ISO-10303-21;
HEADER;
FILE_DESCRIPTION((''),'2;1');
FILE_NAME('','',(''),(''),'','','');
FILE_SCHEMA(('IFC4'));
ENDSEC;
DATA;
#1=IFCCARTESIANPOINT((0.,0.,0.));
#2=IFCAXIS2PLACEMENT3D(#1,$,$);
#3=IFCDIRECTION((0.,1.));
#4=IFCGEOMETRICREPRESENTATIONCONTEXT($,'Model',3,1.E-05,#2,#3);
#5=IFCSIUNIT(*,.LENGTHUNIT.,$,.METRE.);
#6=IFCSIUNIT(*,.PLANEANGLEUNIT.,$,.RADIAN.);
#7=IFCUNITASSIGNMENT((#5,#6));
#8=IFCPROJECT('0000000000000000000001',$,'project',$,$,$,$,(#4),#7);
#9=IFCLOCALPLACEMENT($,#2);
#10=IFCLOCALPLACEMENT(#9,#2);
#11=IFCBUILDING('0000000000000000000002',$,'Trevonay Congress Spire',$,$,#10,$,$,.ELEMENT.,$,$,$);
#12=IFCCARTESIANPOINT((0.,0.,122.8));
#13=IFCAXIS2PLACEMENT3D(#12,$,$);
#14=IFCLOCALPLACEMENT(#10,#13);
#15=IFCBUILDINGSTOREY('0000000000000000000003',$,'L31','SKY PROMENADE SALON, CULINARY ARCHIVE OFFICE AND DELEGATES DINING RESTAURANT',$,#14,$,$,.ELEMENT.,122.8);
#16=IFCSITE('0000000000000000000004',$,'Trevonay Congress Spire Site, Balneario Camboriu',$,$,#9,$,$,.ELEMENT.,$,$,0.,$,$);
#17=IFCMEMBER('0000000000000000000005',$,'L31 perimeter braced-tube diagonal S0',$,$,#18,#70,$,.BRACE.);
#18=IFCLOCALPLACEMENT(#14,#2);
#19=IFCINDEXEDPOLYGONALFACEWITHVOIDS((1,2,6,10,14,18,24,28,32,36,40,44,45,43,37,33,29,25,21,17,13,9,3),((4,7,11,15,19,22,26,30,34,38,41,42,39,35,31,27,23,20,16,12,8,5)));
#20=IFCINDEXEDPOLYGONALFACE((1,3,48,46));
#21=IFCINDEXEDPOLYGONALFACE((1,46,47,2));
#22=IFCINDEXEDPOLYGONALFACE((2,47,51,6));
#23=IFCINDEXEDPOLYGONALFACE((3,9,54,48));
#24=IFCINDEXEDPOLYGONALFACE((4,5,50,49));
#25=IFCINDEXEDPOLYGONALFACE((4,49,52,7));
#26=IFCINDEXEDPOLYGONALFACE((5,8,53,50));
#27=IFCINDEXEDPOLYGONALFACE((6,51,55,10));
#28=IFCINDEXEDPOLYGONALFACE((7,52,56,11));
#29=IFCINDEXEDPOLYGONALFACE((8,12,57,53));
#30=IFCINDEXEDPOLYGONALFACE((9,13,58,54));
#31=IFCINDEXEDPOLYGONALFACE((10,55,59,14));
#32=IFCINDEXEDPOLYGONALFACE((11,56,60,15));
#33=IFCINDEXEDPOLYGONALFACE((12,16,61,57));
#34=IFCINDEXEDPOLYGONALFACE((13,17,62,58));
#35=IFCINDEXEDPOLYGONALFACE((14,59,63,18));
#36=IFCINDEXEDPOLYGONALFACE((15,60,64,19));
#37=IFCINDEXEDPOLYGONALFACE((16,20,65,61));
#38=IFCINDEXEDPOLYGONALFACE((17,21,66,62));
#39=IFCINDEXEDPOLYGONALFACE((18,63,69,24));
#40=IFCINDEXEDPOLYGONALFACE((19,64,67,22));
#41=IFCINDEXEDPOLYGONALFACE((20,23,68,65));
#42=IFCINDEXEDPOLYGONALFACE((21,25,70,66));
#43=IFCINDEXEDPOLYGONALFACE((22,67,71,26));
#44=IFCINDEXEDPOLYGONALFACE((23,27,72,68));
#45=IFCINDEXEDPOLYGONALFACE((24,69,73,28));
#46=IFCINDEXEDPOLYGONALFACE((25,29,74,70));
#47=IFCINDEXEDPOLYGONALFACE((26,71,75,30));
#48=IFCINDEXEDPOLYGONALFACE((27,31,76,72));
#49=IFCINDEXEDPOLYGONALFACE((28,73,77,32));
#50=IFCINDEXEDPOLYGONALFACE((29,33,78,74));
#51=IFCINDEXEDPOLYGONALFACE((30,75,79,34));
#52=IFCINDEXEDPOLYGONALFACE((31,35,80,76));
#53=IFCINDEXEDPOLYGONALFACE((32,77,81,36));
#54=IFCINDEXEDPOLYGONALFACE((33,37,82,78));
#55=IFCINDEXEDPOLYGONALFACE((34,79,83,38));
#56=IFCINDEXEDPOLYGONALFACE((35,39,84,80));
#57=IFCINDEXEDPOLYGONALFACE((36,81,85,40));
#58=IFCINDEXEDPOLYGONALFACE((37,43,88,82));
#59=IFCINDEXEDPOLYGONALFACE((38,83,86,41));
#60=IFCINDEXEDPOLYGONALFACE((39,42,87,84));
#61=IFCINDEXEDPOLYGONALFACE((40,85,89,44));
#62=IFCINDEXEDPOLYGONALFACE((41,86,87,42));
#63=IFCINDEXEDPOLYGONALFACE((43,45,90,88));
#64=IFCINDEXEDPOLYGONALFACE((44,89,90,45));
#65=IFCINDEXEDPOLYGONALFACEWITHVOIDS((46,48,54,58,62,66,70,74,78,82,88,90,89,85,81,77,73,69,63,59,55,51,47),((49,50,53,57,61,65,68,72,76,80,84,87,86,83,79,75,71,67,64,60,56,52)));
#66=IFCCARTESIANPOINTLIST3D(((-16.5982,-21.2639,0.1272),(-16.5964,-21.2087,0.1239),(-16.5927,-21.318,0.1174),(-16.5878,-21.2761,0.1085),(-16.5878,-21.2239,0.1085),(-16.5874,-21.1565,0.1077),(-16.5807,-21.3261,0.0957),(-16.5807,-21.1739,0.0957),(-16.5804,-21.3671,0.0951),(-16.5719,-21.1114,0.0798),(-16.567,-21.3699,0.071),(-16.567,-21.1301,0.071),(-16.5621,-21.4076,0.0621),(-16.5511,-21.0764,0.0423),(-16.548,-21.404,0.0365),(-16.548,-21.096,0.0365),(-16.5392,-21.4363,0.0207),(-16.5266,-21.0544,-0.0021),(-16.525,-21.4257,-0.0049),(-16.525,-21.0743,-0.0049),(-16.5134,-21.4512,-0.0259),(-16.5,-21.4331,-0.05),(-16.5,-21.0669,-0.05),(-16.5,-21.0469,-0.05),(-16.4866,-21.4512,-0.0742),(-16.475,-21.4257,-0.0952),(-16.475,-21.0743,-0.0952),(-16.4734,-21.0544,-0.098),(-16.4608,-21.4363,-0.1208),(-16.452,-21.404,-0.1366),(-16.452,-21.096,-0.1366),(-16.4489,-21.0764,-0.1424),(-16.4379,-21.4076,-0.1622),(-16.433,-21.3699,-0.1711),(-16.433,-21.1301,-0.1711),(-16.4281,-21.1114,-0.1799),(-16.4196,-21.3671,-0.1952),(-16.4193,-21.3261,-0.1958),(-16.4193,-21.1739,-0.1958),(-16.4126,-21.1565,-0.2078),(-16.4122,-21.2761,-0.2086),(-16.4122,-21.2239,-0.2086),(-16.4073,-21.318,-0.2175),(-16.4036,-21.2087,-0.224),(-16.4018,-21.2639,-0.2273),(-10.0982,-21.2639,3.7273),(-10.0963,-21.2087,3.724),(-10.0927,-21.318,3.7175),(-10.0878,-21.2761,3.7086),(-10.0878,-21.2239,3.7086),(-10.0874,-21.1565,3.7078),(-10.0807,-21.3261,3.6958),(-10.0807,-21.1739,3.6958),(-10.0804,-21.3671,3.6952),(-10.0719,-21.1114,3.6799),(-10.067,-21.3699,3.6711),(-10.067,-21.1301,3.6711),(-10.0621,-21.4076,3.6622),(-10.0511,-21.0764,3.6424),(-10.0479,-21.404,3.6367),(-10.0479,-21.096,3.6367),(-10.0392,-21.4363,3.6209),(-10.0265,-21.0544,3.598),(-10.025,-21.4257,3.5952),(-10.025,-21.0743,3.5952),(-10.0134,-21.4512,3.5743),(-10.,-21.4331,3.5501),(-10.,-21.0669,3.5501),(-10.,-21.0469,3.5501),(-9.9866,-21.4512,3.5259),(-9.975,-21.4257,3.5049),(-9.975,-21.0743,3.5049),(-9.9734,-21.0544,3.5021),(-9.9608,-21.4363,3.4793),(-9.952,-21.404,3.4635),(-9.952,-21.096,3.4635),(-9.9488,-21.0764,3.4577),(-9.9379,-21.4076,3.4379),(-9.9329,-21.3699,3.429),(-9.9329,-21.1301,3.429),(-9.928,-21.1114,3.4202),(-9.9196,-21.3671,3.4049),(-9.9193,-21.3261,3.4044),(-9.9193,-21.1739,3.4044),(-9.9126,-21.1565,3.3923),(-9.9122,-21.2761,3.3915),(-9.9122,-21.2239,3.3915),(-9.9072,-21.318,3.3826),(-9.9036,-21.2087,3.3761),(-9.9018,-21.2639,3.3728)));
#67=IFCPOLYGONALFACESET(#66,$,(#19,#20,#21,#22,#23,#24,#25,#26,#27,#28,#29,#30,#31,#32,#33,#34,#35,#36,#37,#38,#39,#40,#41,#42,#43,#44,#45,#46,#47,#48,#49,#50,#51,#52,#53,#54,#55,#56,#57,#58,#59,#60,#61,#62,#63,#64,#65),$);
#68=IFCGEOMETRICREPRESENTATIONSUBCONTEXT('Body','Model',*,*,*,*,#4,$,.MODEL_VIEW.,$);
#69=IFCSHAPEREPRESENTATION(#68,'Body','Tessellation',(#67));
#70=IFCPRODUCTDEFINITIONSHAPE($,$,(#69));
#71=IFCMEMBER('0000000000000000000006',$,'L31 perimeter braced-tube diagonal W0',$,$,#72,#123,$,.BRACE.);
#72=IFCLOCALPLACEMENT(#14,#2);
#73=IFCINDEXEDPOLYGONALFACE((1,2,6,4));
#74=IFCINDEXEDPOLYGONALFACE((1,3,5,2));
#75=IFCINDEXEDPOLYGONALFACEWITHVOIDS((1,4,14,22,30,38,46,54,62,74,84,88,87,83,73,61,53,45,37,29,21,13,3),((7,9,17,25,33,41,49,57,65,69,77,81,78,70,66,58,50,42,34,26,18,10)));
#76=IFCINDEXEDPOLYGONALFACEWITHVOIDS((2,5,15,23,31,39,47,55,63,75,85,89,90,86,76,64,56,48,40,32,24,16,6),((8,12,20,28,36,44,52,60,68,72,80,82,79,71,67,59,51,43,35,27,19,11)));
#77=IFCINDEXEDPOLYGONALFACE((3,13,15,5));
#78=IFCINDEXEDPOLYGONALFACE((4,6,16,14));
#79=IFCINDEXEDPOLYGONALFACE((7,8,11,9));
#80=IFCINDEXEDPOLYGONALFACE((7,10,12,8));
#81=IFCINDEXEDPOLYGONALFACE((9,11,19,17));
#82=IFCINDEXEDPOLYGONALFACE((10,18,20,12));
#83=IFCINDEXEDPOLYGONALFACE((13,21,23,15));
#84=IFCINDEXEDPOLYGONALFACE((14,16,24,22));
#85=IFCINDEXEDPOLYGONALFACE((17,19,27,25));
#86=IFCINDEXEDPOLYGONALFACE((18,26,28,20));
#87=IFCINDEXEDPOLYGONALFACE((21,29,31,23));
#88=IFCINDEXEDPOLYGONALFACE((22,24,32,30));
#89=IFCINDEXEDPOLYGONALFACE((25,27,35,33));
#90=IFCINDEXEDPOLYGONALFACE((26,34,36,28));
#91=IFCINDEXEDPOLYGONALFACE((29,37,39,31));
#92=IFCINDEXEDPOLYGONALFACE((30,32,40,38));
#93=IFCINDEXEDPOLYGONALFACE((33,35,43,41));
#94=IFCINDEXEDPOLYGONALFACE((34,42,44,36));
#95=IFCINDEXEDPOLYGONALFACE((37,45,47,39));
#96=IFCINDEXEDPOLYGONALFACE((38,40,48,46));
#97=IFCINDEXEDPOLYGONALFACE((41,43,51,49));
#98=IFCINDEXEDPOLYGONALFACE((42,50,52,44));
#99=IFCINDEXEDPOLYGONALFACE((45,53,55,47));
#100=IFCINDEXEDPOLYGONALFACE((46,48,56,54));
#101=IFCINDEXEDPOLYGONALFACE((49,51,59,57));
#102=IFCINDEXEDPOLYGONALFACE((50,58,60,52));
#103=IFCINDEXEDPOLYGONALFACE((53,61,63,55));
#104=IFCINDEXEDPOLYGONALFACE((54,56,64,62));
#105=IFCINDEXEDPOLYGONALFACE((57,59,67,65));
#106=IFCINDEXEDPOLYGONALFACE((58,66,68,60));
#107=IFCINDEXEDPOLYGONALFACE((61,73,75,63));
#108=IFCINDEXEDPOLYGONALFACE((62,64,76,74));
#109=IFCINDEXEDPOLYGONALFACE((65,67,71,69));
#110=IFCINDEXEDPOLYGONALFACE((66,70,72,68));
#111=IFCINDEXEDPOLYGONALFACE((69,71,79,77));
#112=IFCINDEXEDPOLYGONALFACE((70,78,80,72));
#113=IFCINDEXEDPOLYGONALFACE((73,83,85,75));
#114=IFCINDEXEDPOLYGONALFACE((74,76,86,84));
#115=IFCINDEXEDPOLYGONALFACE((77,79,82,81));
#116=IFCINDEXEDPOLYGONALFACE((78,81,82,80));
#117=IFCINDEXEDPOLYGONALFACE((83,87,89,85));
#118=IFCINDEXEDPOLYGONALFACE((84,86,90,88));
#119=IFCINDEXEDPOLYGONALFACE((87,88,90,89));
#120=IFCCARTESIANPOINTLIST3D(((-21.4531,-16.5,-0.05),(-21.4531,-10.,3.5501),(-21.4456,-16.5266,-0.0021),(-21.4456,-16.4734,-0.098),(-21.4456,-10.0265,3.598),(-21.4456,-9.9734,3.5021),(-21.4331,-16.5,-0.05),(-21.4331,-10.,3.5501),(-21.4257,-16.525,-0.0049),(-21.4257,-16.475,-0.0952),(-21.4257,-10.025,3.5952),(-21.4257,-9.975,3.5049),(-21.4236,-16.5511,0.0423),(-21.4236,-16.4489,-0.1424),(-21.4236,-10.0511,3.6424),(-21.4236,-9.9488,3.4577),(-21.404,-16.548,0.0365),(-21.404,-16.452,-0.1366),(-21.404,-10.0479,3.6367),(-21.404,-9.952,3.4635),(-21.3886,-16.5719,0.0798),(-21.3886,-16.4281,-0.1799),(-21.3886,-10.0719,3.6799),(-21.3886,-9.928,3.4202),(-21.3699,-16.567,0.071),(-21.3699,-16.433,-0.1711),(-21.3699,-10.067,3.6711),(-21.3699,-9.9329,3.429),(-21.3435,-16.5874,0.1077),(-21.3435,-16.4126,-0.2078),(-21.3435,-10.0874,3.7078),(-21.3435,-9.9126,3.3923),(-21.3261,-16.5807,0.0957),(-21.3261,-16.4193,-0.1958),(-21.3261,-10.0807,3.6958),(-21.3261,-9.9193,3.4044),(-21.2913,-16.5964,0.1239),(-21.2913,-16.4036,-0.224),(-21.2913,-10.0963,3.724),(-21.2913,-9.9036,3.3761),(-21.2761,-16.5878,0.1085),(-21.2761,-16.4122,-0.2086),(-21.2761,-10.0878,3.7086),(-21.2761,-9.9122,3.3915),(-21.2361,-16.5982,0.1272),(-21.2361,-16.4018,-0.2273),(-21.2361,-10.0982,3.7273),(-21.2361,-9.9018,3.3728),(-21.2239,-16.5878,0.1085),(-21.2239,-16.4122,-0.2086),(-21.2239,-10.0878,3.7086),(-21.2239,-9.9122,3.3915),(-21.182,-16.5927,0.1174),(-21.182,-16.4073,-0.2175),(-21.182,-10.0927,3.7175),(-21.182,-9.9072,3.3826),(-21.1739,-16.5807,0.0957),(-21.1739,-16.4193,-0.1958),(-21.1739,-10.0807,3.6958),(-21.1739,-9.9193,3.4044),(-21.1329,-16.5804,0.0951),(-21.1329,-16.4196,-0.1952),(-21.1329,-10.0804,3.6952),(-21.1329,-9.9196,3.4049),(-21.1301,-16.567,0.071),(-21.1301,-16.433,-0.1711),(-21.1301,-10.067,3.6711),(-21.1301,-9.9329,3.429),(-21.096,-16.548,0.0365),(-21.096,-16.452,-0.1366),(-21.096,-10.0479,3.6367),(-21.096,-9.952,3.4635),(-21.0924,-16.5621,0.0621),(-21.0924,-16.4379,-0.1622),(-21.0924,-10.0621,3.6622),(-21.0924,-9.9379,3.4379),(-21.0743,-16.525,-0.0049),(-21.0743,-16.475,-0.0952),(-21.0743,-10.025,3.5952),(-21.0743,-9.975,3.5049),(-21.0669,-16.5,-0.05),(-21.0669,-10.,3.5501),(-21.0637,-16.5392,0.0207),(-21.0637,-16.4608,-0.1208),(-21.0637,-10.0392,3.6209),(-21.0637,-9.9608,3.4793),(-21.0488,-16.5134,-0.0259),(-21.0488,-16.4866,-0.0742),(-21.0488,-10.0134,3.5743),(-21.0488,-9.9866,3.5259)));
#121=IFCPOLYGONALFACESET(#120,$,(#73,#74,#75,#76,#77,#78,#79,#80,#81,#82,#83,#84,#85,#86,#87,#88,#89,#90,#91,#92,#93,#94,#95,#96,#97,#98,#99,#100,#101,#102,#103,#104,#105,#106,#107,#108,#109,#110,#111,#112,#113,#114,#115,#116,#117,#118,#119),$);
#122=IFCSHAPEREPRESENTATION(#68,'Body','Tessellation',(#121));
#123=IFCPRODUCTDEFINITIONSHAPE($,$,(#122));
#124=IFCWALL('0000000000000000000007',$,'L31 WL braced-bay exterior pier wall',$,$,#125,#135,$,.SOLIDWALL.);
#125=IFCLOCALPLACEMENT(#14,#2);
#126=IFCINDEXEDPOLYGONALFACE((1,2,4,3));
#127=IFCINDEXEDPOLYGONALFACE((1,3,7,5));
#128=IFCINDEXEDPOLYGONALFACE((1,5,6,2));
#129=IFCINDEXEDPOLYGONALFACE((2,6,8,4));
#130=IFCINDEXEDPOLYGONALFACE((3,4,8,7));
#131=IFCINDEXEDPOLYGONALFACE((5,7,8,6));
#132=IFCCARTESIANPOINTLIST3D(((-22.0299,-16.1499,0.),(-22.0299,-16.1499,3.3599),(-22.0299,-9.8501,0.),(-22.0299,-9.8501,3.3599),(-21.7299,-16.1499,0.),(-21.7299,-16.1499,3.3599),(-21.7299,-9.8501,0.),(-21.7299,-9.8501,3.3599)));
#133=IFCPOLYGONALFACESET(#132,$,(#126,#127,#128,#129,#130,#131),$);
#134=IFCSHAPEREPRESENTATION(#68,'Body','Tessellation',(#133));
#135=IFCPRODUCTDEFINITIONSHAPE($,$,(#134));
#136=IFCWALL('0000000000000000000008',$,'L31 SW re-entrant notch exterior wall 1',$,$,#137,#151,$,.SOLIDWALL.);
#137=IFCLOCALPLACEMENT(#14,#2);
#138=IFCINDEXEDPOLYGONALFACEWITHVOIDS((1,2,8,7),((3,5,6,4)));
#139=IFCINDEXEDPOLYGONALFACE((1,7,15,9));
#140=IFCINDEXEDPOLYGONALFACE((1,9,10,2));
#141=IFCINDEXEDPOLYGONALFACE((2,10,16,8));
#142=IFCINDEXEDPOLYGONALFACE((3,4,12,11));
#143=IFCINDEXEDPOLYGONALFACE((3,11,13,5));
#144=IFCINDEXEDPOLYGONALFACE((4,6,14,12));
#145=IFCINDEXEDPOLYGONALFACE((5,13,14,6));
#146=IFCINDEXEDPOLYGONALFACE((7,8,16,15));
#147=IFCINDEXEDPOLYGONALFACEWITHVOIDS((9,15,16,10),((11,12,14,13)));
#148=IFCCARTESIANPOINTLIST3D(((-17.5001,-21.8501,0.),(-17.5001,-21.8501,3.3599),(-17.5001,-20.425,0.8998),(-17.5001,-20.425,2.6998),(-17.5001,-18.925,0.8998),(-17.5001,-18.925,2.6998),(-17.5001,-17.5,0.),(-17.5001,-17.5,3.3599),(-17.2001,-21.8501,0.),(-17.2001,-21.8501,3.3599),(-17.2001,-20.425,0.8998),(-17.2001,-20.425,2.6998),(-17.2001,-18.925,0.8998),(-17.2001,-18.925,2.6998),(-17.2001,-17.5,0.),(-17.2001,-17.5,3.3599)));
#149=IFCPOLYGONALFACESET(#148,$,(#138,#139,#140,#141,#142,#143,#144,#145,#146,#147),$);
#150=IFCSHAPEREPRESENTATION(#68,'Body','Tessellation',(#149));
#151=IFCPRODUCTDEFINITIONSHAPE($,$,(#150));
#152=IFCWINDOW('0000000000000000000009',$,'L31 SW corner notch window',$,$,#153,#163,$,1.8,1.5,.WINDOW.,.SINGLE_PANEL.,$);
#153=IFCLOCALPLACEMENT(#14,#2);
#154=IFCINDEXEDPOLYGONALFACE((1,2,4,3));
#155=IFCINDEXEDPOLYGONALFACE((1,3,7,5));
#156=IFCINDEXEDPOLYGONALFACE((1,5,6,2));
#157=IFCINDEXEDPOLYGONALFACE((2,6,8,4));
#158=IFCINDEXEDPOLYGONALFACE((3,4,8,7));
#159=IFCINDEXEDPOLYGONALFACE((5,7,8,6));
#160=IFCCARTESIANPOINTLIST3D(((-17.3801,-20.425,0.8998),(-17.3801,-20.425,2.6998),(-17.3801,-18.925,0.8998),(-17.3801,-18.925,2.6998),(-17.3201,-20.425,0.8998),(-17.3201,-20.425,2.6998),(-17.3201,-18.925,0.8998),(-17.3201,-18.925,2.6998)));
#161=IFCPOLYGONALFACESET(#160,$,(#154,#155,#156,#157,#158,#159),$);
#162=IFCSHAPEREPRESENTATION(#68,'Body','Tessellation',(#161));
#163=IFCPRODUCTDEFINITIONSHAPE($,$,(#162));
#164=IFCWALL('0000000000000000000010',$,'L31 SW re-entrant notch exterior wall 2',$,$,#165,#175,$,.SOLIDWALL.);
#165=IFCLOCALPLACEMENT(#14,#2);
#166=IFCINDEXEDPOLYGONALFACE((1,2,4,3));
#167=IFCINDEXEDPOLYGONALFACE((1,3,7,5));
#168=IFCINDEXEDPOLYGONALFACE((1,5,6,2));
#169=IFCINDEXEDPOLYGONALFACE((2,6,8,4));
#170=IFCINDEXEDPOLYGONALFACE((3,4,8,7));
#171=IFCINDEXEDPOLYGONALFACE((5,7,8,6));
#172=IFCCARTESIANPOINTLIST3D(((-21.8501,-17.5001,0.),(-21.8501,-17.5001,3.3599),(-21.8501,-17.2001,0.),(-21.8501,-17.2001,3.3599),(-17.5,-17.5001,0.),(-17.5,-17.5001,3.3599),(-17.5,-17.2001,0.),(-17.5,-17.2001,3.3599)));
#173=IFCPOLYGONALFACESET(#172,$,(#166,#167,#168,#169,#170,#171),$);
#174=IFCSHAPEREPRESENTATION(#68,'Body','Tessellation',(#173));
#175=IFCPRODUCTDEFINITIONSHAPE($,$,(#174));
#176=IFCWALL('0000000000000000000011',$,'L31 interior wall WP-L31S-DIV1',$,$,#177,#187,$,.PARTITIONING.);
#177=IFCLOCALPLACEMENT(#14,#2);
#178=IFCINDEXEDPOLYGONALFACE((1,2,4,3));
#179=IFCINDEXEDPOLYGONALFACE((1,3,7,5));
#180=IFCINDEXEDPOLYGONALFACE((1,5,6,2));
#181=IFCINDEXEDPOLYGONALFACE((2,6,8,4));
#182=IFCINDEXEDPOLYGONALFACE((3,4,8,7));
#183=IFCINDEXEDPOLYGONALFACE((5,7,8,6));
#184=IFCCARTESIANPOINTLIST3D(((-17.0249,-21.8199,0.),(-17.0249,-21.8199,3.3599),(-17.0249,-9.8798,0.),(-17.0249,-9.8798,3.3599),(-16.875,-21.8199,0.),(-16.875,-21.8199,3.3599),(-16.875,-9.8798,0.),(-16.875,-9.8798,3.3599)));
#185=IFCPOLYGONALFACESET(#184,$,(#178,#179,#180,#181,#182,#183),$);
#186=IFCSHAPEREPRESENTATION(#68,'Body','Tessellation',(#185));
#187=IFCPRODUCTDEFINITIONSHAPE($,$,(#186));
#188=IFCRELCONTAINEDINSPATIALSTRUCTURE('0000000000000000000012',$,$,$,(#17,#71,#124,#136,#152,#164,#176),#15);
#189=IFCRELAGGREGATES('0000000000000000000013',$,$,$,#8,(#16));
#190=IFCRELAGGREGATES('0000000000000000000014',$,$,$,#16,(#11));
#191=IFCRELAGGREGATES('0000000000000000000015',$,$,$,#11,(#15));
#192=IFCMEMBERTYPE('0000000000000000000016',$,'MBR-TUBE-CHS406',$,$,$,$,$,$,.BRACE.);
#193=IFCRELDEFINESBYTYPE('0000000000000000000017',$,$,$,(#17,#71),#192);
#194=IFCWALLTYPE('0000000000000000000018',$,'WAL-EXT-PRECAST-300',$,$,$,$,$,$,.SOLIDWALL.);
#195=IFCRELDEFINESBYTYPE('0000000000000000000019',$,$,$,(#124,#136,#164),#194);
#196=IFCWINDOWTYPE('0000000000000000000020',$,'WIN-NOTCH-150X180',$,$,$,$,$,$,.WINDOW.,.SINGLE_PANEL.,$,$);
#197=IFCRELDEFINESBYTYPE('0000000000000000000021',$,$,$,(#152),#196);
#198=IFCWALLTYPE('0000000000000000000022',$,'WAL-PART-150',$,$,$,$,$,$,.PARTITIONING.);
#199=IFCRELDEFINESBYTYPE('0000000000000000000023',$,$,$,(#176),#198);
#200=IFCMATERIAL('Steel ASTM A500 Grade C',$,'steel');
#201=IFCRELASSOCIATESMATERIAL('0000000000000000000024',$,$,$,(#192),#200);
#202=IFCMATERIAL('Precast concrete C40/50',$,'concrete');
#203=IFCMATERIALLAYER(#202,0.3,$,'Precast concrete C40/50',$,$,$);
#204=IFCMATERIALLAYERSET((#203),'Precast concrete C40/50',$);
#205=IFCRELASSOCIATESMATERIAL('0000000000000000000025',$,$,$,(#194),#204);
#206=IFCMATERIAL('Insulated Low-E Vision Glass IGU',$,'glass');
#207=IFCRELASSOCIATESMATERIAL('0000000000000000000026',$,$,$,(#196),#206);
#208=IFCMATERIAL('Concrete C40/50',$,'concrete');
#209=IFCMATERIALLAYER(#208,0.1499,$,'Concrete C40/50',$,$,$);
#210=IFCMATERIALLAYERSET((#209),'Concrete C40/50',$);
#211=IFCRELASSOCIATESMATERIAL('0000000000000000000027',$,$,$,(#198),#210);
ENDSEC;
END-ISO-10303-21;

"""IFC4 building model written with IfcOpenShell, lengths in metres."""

from ifc_helpers import new_model, si_unit, direction, frame, frame_2d, origin, origin_2d, place, context, subcontext, project, spatial, rectangle, hollow_circle, extrude, material, layer, layer_set, material_profile, profile_set, type_object, element, fill, save


model = new_model("IFC4")

# Units and contexts
model_context = context("Model", 3, precision=1e-05, world=origin(), true_north=direction((0.0, 1.0)))
body_context = subcontext(model_context, "Body", "Model", "MODEL_VIEW")
ifc_project = project(units=[si_unit("LENGTHUNIT", "METRE"), si_unit("PLANEANGLEUNIT", "RADIAN")], contexts=[model_context])

# Site, building, storey
site_placement = place(None, origin())
site = spatial("IfcSite", under=ifc_project, at=site_placement, Name="Trevonay Congress Spire Site, Balneario Camboriu", CompositionType="ELEMENT", RefElevation=0.0)
building_placement = place(site_placement, origin())
building = spatial("IfcBuilding", under=site, at=building_placement, Name="Trevonay Congress Spire", CompositionType="ELEMENT")
storey_placement = place(building_placement, frame((0.0, 0.0, 122.8)))
storey = spatial("IfcBuildingStorey", under=building, at=storey_placement, Name="L31", Description="SKY PROMENADE SALON, CULINARY ARCHIVE OFFICE AND DELEGATES DINING RESTAURANT", CompositionType="ELEMENT", Elevation=122.8)

# Members
ifc_material_1 = material(Name="Steel ASTM A500 Grade C", Category="steel")
ifc_material_profile_1 = material_profile(ifc_material_1, hollow_circle(Radius=0.2031, WallThickness=0.02, at=origin_2d()), Name="CHS 406.4x20")
ifc_profile_set_1 = profile_set([ifc_material_profile_1], Name="Steel ASTM A500 Grade C")
member_type = type_object("IfcMemberType", Name="MBR-TUBE-CHS406", PredefinedType="BRACE", material=ifc_profile_set_1)
for number, where, z_axis, x_axis, name in (
    (1, (-16.5, -21.25, -0.05), (0.874786, 0.0, 0.48451), (0.0, 1.0, 0.0), "L31 perimeter braced-tube diagonal S0"),
    (2, (-21.25, -16.5, -0.05), (0.0, 0.874786, 0.48451), (-1.0, 0.0, 0.0), "L31 perimeter braced-tube diagonal W0"),
):
    element("IfcMember", number, at=place(storey_placement, frame(where, z_axis=z_axis, x_axis=x_axis)), inside=storey, type_object=member_type, Name=name, PredefinedType="BRACE", context=body_context, shape_type="SweptSolid", body=[
        extrude(hollow_circle(Radius=0.2031, WallThickness=0.02, at=origin_2d()), origin(), (0.0, 0.0, 1.0), 7.4304),
    ])

# Wall
ifc_material_2 = material(Name="Precast concrete C40/50", Category="concrete")
ifc_layer_1 = layer(ifc_material_2, 0.3, Name="Precast concrete C40/50")
ifc_layer_set_1 = layer_set([ifc_layer_1], Name="Precast concrete C40/50")
wall_type_1 = type_object("IfcWallType", Name="WAL-EXT-PRECAST-300", PredefinedType="SOLIDWALL", material=ifc_layer_set_1)
wall_1_placement = place(storey_placement, frame((-21.8799, -16.1499, 0.0), z_axis=(0.0, 0.0, 1.0), x_axis=(0.0, 1.0, 0.0)))
element("IfcWall", 3, at=wall_1_placement, inside=storey, type_object=wall_type_1, Name="L31 WL braced-bay exterior pier wall", PredefinedType="SOLIDWALL", context=body_context, shape_type="SweptSolid", body=[
    extrude(rectangle(XDim=6.2998, YDim=0.3, at=frame_2d((3.1499, 0.0))), origin(), (0.0, 0.0, 1.0), 3.3599),
])

# Wall, opening, window
wall_2_placement = place(storey_placement, frame((-17.3501, -21.8501, 0.0), z_axis=(0.0, 0.0, 1.0), x_axis=(0.0, 1.0, 0.0)))
wall_2 = element("IfcWall", 4, at=wall_2_placement, inside=storey, type_object=wall_type_1, Name="L31 SW re-entrant notch exterior wall 1", PredefinedType="SOLIDWALL", context=body_context, shape_type="SweptSolid", body=[
    extrude(rectangle(XDim=4.3501, YDim=0.3, at=frame_2d((2.175, 0.0))), origin(), (0.0, 0.0, 1.0), 3.3599),
])
opening_placement = place(wall_2_placement, frame((1.425, 0.0, 0.8999)))
opening = element("IfcOpeningElement", 5, at=opening_placement, cuts=wall_2, PredefinedType="OPENING", context=body_context, shape_type="SweptSolid", body=[
    extrude(rectangle(XDim=1.5, YDim=1.8, at=frame_2d((0.75, 0.8999))), frame((0.0, 0.1602, 0.0), z_axis=(0.0, -1.0, 0.0), x_axis=(1.0, 0.0, 0.0)), (0.0, 0.0, 1.0), 0.3201),
])
ifc_material_3 = material(Name="Insulated Low-E Vision Glass IGU", Category="glass")
window_type = type_object("IfcWindowType", Name="WIN-NOTCH-150X180", PartitioningType="SINGLE_PANEL", PredefinedType="WINDOW", material=ifc_material_3)
window_placement = place(opening_placement, origin())
window = element("IfcWindow", 6, at=window_placement, inside=storey, type_object=window_type, Name="L31 SW corner notch window", OverallHeight=1.8, OverallWidth=1.5, PartitioningType="SINGLE_PANEL", PredefinedType="WINDOW", context=body_context, shape_type="SweptSolid", body=[
    extrude(rectangle(XDim=1.5, YDim=1.8, at=frame_2d((0.75, 0.8999))), frame((0.0, 0.03, 0.0), z_axis=(0.0, -1.0, 0.0), x_axis=(1.0, 0.0, 0.0)), (0.0, 0.0, 1.0), 0.0601),
])
fill(opening, window)

# Walls
wall_3_placement = place(storey_placement, frame((-21.8501, -17.3501, 0.0), z_axis=(0.0, 0.0, 1.0), x_axis=(1.0, 0.0, 0.0)))
element("IfcWall", 7, at=wall_3_placement, inside=storey, type_object=wall_type_1, Name="L31 SW re-entrant notch exterior wall 2", PredefinedType="SOLIDWALL", context=body_context, shape_type="SweptSolid", body=[
    extrude(rectangle(XDim=4.3501, YDim=0.3, at=frame_2d((2.175, 0.0))), origin(), (0.0, 0.0, 1.0), 3.3599),
])
ifc_material_4 = material(Name="Concrete C40/50", Category="concrete")
ifc_layer_2 = layer(ifc_material_4, 0.1499, Name="Concrete C40/50")
ifc_layer_set_2 = layer_set([ifc_layer_2], Name="Concrete C40/50")
wall_type_2 = type_object("IfcWallType", Name="WAL-PART-150", PredefinedType="PARTITIONING", material=ifc_layer_set_2)
wall_4_placement = place(storey_placement, frame((-16.95, -21.8201, 0.0), z_axis=(0.0, 0.0, 1.0), x_axis=(0.0, 1.0, 0.0)))
element("IfcWall", 8, at=wall_4_placement, inside=storey, type_object=wall_type_2, Name="L31 interior wall WP-L31S-DIV1", PredefinedType="PARTITIONING", context=body_context, shape_type="SweptSolid", body=[
    extrude(rectangle(XDim=11.9402, YDim=0.1499, at=frame_2d((5.9702, 0.0))), origin(), (0.0, 0.0, 1.0), 3.3599),
])

save(model, "model.ifc")
